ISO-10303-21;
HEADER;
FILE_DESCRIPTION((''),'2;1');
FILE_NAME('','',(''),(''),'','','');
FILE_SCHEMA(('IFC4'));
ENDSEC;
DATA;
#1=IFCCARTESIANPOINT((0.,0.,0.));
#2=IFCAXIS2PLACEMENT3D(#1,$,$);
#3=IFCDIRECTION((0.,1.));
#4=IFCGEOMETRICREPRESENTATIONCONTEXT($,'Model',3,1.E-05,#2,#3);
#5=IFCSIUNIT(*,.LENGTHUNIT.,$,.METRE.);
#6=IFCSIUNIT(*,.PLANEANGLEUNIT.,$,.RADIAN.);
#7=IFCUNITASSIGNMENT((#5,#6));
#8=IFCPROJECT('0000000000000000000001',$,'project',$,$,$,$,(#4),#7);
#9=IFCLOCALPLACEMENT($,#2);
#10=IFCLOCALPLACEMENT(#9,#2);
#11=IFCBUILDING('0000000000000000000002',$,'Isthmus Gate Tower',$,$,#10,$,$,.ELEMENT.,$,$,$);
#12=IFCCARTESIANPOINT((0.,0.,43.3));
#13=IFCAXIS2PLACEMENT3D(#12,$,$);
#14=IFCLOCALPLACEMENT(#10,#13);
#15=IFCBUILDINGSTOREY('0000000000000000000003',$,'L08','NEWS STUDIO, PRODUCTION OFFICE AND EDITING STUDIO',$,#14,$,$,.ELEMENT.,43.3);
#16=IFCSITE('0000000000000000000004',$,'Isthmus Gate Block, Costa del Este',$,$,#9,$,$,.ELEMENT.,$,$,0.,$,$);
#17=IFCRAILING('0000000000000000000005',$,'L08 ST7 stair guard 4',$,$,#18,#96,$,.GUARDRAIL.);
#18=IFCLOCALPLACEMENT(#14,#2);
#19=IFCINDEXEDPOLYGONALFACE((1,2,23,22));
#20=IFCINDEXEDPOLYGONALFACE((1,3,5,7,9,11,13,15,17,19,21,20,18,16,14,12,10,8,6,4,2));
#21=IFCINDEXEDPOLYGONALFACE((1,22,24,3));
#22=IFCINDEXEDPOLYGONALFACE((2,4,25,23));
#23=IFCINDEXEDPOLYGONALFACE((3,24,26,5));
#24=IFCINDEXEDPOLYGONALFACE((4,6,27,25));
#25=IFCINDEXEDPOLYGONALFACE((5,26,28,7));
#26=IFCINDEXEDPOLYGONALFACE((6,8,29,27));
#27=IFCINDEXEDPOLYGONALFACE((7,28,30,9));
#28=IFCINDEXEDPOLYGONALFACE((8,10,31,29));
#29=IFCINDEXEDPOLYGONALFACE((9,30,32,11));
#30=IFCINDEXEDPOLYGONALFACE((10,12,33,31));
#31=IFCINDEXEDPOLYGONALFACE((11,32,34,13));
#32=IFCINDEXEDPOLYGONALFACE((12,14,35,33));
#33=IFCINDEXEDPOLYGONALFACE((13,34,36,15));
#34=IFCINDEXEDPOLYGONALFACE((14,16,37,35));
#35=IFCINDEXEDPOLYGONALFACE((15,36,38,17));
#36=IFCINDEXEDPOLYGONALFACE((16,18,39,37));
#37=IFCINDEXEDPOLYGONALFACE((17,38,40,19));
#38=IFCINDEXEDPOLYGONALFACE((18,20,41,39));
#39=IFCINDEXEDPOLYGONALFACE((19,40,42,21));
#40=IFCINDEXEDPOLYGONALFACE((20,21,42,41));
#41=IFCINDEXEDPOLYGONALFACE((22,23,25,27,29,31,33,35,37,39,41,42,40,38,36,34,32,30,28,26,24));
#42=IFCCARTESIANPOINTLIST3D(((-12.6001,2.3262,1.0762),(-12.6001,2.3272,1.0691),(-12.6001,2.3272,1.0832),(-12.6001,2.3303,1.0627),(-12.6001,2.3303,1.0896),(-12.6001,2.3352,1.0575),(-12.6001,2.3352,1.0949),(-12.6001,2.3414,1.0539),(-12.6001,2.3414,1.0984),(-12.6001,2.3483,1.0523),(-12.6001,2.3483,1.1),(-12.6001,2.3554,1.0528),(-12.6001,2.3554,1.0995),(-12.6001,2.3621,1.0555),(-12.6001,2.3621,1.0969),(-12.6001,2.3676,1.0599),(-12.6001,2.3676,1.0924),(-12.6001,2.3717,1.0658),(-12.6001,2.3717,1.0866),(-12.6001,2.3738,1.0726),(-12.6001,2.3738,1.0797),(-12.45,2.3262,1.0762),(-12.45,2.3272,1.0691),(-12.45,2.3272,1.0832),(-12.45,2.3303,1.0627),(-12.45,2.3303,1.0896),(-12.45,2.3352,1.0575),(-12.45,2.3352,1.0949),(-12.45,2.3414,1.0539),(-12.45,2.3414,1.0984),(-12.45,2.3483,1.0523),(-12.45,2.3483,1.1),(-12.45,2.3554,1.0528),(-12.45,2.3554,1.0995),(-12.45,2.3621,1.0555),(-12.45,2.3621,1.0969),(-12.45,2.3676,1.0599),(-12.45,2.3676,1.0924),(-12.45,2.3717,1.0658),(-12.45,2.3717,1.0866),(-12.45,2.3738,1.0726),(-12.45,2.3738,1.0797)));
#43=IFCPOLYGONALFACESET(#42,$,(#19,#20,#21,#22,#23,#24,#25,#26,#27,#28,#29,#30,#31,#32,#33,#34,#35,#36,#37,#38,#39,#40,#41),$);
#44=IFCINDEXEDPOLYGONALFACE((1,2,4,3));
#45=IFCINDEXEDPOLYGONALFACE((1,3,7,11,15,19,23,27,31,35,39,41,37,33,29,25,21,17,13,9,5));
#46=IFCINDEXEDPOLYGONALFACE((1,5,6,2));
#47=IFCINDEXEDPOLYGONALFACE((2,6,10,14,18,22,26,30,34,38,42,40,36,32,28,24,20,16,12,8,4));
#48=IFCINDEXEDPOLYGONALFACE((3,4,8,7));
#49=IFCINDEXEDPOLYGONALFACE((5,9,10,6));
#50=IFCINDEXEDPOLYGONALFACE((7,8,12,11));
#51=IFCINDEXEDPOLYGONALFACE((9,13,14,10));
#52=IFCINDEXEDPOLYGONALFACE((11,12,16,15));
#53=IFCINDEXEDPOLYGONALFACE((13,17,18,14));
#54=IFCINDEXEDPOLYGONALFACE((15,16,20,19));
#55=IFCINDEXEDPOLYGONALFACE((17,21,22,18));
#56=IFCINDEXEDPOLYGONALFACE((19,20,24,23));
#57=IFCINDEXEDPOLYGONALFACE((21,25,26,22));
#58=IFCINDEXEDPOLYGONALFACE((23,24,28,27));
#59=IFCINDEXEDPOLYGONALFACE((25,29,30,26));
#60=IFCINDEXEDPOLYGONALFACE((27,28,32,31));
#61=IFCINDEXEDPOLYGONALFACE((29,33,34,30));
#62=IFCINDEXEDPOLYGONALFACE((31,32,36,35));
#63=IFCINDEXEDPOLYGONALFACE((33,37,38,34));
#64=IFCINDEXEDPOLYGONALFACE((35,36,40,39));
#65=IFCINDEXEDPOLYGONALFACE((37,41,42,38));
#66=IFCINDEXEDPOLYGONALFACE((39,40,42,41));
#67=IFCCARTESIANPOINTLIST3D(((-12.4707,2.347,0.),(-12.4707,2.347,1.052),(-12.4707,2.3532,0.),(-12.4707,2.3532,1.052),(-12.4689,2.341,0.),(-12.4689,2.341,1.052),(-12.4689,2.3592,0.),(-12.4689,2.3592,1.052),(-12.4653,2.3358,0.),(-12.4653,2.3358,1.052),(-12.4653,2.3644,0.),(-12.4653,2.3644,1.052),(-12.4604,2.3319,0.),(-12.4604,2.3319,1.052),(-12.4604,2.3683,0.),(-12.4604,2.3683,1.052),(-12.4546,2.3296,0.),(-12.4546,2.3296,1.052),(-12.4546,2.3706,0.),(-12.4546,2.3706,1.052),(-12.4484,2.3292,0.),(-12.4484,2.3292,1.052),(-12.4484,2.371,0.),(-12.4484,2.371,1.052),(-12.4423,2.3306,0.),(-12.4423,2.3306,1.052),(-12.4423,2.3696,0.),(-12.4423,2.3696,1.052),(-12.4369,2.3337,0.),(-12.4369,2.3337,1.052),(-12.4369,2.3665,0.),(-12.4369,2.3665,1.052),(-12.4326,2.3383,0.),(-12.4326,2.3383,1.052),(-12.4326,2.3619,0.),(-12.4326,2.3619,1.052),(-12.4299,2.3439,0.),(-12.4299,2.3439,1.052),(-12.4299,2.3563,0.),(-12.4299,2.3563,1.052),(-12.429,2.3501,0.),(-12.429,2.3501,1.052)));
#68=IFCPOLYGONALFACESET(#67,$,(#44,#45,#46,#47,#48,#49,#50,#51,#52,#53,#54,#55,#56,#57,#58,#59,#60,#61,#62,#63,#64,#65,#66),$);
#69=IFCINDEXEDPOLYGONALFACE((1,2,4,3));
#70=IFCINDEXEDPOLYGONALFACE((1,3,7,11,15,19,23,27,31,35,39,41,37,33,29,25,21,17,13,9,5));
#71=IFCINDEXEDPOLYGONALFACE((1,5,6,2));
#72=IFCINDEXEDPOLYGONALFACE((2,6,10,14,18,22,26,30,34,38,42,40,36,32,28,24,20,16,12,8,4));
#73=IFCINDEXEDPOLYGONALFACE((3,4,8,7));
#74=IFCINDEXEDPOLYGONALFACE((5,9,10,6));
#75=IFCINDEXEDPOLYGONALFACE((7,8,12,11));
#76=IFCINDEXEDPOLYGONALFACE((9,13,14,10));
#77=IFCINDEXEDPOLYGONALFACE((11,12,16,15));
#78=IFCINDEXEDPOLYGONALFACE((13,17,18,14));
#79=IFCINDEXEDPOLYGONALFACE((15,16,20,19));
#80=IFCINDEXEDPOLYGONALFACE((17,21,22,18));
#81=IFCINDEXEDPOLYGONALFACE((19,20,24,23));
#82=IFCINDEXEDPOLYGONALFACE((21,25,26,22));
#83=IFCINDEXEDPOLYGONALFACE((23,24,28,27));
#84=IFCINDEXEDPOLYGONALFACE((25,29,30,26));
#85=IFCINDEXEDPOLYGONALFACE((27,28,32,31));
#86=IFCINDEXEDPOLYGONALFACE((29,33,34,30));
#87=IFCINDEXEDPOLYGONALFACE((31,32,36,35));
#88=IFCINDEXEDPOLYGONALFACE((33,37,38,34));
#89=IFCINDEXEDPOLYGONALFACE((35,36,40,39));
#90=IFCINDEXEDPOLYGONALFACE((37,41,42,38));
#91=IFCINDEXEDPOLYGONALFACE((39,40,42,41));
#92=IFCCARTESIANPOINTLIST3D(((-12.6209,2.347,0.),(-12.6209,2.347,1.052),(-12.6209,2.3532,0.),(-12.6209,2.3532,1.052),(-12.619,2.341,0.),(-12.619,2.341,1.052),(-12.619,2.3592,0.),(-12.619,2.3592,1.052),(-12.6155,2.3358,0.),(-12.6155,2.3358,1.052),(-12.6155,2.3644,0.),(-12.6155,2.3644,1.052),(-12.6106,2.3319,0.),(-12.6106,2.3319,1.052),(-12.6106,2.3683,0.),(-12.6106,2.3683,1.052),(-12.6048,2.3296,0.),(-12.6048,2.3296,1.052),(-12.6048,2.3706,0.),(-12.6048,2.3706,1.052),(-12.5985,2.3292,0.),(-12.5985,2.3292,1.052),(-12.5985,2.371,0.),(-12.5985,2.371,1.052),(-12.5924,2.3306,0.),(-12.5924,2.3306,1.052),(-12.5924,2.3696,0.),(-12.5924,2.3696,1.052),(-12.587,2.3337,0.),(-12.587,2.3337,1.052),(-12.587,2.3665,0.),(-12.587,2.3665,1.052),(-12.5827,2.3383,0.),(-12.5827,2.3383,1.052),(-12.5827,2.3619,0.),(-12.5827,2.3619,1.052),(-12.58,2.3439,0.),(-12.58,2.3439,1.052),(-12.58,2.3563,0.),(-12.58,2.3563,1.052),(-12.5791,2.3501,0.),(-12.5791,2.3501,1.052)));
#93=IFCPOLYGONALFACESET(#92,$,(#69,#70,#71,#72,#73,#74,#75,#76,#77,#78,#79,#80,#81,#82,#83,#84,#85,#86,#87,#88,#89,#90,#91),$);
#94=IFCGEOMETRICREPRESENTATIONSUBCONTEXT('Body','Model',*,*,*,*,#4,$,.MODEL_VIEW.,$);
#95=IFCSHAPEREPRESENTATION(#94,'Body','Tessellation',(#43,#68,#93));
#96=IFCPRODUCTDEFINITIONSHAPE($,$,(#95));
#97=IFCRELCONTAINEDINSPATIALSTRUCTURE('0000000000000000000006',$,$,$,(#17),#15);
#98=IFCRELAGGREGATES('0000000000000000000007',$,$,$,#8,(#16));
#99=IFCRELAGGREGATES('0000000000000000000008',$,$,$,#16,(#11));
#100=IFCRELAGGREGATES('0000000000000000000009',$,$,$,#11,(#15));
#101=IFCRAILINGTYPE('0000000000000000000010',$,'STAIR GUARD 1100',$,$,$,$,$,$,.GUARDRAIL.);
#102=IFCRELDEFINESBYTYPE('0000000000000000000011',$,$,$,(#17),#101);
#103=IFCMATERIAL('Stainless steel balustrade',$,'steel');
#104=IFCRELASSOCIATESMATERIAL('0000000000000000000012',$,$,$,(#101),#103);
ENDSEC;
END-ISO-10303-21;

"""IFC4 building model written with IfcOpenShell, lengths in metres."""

from ifc_helpers import new_model, si_unit, direction, frame, origin, origin_2d, place, context, subcontext, project, spatial, circle, extrude, material, type_object, element, save


model = new_model("IFC4")

# Units and contexts
model_context = context("Model", 3, precision=1e-05, world=origin(), true_north=direction((0.0, 1.0)))
body_context = subcontext(model_context, "Body", "Model", "MODEL_VIEW")
ifc_project = project(units=[si_unit("LENGTHUNIT", "METRE"), si_unit("PLANEANGLEUNIT", "RADIAN")], contexts=[model_context])

# Site, building, storey
site_placement = place(None, origin())
site = spatial("IfcSite", under=ifc_project, at=site_placement, Name="Isthmus Gate Block, Costa del Este", CompositionType="ELEMENT", RefElevation=0.0)
building_placement = place(site_placement, origin())
building = spatial("IfcBuilding", under=site, at=building_placement, Name="Isthmus Gate Tower", CompositionType="ELEMENT")
storey_placement = place(building_placement, frame((0.0, 0.0, 43.3)))
storey = spatial("IfcBuildingStorey", under=building, at=storey_placement, Name="L08", Description="NEWS STUDIO, PRODUCTION OFFICE AND EDITING STUDIO", CompositionType="ELEMENT", Elevation=43.3)

# Railing
ifc_material_1 = material(Name="Stainless steel balustrade", Category="steel")
railing_type_1 = type_object("IfcRailingType", Name="STAIR GUARD 1100", PredefinedType="GUARDRAIL", material=ifc_material_1)
railing_1_placement = place(storey_placement, frame((-12.45, 2.3501, 0.0)))
element("IfcRailing", 1, at=railing_1_placement, inside=storey, type_object=railing_type_1, Name="L08 ST7 stair guard 4", PredefinedType="GUARDRAIL", context=body_context, shape_type="SweptSolid", body=[
    extrude(circle(Radius=0.0239, at=origin_2d()), frame((0.0, 0.0, 1.0762), z_axis=(-1.0, 0.0, 0.0), x_axis=(0.0, -1.0, 0.0)), (0.0, 0.0, 1.0), 0.1501),
    extrude(circle(Radius=0.021, at=origin_2d()), origin(), (0.0, 0.0, 1.0), 1.052),
    extrude(circle(Radius=0.021, at=origin_2d()), frame((-0.1501, 0.0, 0.0)), (0.0, 0.0, 1.0), 1.052),
])

save(model, "model.ifc")
